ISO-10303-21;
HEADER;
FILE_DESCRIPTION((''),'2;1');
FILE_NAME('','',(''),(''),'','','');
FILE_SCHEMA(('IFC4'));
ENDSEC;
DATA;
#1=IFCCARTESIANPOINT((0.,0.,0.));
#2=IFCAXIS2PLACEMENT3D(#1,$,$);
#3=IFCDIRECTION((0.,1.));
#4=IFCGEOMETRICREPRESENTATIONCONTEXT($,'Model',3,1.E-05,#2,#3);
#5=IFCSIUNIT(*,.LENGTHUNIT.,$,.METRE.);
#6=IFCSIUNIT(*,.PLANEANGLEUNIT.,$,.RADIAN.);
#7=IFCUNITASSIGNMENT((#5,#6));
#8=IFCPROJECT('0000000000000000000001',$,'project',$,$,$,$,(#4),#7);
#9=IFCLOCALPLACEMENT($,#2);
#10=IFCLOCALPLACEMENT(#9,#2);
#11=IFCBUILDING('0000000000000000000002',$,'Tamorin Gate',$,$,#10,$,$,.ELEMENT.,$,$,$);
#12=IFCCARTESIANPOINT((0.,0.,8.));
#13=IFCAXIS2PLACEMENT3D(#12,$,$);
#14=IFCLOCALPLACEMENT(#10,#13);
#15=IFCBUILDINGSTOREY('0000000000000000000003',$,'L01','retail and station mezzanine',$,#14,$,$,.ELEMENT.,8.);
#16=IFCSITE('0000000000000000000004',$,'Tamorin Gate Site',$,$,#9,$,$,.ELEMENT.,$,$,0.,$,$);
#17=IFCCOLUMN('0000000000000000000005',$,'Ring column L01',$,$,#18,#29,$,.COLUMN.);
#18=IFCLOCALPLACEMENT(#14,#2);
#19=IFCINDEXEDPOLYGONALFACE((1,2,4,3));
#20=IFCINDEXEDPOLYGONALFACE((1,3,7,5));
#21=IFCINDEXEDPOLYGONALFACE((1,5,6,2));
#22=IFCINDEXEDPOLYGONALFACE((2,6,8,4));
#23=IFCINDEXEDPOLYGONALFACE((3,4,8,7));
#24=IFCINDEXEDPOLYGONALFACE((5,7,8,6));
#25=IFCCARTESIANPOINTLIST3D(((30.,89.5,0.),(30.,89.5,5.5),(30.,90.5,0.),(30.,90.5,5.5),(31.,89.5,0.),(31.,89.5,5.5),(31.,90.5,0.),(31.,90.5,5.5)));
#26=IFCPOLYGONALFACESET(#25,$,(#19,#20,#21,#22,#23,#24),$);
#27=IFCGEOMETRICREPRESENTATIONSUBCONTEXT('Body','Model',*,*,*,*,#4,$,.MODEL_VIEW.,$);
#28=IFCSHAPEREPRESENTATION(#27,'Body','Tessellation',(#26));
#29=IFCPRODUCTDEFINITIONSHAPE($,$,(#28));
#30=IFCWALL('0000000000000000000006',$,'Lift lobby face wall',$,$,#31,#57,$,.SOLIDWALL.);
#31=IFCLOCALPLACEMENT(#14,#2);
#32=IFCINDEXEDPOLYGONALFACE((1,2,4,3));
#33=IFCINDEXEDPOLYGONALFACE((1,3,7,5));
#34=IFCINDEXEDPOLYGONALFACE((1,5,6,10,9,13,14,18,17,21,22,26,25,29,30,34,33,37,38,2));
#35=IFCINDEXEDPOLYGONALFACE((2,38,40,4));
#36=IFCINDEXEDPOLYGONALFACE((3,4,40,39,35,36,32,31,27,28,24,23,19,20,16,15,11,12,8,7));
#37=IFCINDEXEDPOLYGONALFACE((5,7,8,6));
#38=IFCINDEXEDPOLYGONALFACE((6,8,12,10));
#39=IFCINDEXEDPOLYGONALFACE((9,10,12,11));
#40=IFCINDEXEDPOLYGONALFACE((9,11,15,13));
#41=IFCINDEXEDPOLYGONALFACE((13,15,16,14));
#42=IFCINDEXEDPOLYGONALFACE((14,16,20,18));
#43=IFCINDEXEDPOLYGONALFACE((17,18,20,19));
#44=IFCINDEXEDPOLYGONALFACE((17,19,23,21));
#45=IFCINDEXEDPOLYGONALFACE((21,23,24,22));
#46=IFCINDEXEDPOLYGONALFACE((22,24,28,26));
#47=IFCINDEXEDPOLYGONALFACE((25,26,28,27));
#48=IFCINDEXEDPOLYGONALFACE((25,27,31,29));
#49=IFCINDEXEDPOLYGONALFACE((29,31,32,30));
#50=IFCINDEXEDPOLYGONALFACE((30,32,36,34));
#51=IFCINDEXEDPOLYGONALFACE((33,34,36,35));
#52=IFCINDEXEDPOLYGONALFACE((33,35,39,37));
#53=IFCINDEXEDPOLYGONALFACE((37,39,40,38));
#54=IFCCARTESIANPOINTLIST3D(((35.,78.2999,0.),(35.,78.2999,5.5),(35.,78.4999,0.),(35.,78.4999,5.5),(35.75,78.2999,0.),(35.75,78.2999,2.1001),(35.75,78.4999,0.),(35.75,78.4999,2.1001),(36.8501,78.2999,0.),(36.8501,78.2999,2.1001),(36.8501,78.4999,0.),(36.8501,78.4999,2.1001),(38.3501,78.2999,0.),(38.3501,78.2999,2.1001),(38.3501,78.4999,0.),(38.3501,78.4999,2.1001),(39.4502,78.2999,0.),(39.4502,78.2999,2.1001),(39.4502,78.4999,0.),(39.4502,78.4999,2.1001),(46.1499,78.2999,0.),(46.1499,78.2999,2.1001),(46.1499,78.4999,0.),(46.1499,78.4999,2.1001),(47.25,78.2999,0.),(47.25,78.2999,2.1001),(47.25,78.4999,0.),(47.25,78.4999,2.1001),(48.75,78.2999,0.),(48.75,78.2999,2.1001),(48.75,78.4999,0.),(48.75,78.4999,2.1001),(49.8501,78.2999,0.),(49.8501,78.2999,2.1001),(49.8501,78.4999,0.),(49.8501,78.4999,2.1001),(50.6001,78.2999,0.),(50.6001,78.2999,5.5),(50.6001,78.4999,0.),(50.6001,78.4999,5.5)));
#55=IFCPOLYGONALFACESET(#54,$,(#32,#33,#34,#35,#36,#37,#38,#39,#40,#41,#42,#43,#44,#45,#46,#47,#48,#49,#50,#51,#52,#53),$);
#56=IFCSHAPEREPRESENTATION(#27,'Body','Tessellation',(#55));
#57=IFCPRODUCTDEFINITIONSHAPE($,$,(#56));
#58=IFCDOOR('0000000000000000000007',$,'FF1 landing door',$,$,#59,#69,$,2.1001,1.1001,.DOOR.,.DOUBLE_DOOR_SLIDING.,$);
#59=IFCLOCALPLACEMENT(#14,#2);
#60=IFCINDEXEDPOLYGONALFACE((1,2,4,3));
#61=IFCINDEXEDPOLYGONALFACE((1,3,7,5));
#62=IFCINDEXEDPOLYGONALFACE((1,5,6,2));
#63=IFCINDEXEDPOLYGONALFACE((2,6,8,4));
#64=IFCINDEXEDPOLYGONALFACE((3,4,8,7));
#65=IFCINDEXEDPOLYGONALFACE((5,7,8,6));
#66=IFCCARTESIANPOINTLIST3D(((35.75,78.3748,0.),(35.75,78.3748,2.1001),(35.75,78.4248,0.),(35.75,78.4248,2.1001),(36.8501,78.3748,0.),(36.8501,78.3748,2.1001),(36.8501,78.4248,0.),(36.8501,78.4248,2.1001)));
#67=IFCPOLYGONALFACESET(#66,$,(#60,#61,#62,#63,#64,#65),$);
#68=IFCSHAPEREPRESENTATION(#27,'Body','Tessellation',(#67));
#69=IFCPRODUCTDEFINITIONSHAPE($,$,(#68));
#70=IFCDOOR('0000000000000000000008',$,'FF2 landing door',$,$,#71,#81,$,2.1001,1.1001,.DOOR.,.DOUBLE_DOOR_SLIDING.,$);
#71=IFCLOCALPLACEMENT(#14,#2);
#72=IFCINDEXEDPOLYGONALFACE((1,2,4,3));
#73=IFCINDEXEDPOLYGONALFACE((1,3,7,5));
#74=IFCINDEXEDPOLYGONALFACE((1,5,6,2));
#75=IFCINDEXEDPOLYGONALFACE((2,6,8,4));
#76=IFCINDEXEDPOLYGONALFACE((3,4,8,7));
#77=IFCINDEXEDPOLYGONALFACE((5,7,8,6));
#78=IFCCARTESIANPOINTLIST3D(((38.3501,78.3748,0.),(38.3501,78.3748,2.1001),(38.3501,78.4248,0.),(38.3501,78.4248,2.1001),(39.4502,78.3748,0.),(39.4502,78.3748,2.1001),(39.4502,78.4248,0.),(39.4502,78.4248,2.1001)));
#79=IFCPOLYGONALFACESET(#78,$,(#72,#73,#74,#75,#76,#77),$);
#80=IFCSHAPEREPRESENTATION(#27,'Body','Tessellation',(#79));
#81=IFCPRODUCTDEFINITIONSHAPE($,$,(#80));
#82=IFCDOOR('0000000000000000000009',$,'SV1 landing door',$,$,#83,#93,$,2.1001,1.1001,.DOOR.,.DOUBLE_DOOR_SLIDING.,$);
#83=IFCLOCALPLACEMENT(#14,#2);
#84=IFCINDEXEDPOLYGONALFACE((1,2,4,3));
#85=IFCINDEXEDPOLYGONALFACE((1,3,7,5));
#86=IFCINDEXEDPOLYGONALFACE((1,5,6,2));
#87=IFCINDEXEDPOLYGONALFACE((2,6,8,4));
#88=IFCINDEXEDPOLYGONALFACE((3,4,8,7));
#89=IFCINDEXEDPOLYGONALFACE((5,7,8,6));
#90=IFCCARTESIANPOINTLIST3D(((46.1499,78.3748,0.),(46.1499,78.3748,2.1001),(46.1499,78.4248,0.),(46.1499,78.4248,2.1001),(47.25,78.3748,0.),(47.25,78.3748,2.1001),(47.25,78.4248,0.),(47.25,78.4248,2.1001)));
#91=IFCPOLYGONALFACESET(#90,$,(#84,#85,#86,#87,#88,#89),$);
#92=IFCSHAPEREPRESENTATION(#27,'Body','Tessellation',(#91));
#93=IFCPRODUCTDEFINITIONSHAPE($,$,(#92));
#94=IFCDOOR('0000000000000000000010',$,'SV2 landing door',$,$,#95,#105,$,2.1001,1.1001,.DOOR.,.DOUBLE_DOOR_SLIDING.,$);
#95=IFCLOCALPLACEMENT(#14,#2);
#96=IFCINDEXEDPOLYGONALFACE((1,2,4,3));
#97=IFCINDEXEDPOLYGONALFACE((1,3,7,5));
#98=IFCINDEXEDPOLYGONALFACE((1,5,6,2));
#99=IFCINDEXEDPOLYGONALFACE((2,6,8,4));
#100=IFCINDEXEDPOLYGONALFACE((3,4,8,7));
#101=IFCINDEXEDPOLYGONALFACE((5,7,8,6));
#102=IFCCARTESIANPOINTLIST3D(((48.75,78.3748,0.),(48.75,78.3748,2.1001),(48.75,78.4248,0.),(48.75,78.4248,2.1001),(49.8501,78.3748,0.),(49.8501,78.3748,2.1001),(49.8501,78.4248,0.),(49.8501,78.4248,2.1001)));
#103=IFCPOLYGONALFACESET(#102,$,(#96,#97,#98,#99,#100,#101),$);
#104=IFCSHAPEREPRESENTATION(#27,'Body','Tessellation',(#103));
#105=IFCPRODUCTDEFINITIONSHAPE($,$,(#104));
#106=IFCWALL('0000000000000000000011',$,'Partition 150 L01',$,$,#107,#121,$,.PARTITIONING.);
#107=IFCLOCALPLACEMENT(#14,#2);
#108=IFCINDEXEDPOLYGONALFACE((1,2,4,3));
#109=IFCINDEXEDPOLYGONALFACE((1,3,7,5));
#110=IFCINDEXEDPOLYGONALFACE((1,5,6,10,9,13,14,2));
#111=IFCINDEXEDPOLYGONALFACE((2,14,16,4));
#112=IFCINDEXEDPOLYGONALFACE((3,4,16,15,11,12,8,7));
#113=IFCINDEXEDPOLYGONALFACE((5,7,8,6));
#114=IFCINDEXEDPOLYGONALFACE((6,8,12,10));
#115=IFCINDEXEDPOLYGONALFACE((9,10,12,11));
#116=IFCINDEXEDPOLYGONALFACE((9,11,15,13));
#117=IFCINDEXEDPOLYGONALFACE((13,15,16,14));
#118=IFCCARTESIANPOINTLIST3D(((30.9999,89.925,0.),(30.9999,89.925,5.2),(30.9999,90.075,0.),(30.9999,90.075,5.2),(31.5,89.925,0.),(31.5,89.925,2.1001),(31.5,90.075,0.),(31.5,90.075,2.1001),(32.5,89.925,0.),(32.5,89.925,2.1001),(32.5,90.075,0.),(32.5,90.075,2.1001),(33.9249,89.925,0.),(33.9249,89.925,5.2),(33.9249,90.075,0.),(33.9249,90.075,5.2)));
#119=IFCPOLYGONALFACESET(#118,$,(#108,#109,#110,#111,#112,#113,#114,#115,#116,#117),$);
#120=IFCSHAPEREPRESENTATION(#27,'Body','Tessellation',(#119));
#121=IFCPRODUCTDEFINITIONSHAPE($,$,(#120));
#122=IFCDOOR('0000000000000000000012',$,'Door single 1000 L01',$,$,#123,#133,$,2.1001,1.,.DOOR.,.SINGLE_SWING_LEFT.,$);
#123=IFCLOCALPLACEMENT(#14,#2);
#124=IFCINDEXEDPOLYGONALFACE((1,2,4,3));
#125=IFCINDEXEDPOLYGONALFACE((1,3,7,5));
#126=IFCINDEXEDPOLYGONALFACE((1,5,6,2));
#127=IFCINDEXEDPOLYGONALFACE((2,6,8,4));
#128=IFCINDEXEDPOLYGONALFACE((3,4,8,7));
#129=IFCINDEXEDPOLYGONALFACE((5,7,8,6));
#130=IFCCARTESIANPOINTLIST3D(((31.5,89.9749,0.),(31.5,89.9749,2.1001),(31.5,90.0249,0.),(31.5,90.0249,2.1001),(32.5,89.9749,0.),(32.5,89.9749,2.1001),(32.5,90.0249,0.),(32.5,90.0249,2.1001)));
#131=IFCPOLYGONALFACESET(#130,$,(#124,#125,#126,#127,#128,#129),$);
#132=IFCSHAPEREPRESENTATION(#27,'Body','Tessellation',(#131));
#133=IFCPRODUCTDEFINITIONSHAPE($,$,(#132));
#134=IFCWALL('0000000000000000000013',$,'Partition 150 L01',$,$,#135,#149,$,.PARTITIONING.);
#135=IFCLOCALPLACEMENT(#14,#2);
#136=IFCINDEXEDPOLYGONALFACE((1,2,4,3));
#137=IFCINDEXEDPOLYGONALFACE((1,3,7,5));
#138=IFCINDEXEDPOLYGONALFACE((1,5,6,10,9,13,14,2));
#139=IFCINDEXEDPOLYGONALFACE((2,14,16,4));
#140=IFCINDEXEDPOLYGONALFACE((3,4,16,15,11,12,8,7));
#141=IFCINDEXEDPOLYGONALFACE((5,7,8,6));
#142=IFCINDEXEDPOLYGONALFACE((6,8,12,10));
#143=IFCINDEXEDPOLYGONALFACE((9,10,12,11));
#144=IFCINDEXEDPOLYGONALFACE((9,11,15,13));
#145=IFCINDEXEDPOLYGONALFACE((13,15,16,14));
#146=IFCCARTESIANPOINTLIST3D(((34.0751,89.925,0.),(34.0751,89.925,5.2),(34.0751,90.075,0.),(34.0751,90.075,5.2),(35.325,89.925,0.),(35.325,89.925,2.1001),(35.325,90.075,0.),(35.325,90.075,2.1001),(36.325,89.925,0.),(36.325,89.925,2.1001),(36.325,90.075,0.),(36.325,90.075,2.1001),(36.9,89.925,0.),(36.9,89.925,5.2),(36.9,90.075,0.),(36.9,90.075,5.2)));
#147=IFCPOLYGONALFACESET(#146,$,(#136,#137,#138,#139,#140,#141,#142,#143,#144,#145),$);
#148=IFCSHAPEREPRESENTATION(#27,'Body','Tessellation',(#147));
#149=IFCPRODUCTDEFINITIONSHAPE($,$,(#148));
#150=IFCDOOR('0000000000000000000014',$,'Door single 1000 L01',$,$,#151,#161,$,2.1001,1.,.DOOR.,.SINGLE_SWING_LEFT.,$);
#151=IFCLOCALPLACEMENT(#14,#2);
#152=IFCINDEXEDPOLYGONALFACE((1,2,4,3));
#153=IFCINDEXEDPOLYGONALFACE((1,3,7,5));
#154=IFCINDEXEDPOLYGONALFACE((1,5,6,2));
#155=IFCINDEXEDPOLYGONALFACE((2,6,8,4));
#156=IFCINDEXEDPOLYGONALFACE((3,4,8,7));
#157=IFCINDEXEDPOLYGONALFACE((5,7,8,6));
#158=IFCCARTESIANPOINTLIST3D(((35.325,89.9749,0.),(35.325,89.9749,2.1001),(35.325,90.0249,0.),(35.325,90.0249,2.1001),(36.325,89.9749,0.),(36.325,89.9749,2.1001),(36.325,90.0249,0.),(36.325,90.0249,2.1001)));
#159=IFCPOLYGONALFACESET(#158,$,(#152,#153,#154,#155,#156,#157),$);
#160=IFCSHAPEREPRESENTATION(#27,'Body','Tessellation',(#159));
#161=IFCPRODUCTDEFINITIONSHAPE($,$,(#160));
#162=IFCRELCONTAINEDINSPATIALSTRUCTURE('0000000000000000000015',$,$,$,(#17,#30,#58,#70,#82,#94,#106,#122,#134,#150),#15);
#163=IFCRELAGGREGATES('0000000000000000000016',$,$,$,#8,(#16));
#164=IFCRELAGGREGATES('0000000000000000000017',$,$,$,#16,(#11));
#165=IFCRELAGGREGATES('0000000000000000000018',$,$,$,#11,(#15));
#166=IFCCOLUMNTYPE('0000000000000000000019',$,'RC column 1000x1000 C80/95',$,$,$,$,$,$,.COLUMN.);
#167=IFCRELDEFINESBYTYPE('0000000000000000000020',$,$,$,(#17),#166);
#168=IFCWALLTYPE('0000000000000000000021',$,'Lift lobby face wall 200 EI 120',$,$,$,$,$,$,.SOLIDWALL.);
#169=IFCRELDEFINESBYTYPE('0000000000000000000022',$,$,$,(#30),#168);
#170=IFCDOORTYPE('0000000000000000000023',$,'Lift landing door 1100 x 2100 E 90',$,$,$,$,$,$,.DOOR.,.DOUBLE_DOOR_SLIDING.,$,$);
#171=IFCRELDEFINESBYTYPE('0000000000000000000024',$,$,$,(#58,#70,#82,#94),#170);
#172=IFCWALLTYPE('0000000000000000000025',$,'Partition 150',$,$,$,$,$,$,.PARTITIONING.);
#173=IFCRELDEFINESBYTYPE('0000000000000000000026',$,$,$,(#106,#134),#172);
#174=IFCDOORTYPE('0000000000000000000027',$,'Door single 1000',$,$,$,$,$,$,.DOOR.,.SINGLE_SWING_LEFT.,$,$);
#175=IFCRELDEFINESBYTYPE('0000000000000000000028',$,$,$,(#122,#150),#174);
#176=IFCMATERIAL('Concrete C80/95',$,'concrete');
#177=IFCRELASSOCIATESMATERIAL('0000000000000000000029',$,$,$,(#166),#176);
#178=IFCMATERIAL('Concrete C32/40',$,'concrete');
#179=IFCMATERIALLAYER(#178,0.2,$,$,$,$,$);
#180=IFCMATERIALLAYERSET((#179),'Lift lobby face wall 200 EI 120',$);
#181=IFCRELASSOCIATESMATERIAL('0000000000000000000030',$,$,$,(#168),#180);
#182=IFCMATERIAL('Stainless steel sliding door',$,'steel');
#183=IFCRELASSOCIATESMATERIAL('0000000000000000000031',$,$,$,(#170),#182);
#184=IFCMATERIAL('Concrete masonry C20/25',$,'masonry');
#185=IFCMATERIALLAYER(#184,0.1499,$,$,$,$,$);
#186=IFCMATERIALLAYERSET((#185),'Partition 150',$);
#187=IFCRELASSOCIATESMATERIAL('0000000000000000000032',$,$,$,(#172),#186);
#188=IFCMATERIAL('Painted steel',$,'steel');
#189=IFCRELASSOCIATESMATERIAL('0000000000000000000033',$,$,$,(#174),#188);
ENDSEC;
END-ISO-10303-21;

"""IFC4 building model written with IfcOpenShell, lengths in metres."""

from ifc_helpers import new_model, si_unit, direction, frame, frame_2d, origin, origin_2d, place, context, subcontext, project, spatial, rectangle, extrude, material, layer, layer_set, material_profile, profile_set, type_object, element, fill, save


model = new_model("IFC4")

# Units and contexts
model_context = context("Model", 3, precision=1e-05, world=origin(), true_north=direction((0.0, 1.0)))
body_context = subcontext(model_context, "Body", "Model", "MODEL_VIEW")
ifc_project = project(units=[si_unit("LENGTHUNIT", "METRE"), si_unit("PLANEANGLEUNIT", "RADIAN")], contexts=[model_context])

# Site, building, storey
site_placement = place(None, origin())
site = spatial("IfcSite", under=ifc_project, at=site_placement, Name="Tamorin Gate Site", CompositionType="ELEMENT", RefElevation=0.0)
building_placement = place(site_placement, origin())
building = spatial("IfcBuilding", under=site, at=building_placement, Name="Tamorin Gate", CompositionType="ELEMENT")
storey_placement = place(building_placement, frame((0.0, 0.0, 8.0)))
storey = spatial("IfcBuildingStorey", under=building, at=storey_placement, Name="L01", Description="retail and station mezzanine", CompositionType="ELEMENT", Elevation=8.0)

# Column
ifc_material_1 = material(Name="Concrete C80/95", Category="concrete")
ifc_material_profile = material_profile(ifc_material_1, rectangle(XDim=1.0, YDim=1.0, at=origin_2d()), Name="RC 1000x1000")
ifc_profile_set = profile_set([ifc_material_profile], Name="Concrete C80/95")
column_type = type_object("IfcColumnType", Name="RC column 1000x1000 C80/95", PredefinedType="COLUMN", material=ifc_profile_set)
column_placement = place(storey_placement, frame((30.5, 90.0, 0.0), z_axis=(0.0, 0.0, 1.0), x_axis=(1.0, 0.0, 0.0)))
element("IfcColumn", 1, at=column_placement, inside=storey, type_object=column_type, Name="Ring column L01", PredefinedType="COLUMN", context=body_context, shape_type="SweptSolid", body=[
    extrude(rectangle(XDim=1.0, YDim=1.0, at=origin_2d()), origin(), (0.0, 0.0, 1.0), 5.5),
])

# Wall, openings, doors
ifc_material_2 = material(Name="Concrete C32/40", Category="concrete")
ifc_layer_1 = layer(ifc_material_2, 0.2)
ifc_layer_set_1 = layer_set([ifc_layer_1], Name="Lift lobby face wall 200 EI 120")
wall_type_1 = type_object("IfcWallType", Name="Lift lobby face wall 200 EI 120", PredefinedType="SOLIDWALL", material=ifc_layer_set_1)
wall_1_placement = place(storey_placement, frame((35.0, 78.3999, 0.0), z_axis=(0.0, 0.0, 1.0), x_axis=(1.0, 0.0, 0.0)))
wall_1 = element("IfcWall", 2, at=wall_1_placement, inside=storey, type_object=wall_type_1, Name="Lift lobby face wall", PredefinedType="SOLIDWALL", context=body_context, shape_type="SweptSolid", body=[
    extrude(rectangle(XDim=15.6001, YDim=0.2, at=frame_2d((7.8, 0.0))), origin(), (0.0, 0.0, 1.0), 5.5),
])
opening_1_placement = place(wall_1_placement, frame((0.75, 0.0, 0.0)))
opening_1 = element("IfcOpeningElement", 3, at=opening_1_placement, cuts=wall_1, PredefinedType="OPENING", context=body_context, shape_type="SweptSolid", body=[
    extrude(rectangle(XDim=1.1001, YDim=2.1001, at=frame_2d((0.55, 1.05))), frame((0.0, 0.1099, 0.0), z_axis=(0.0, -1.0, 0.0), x_axis=(1.0, 0.0, 0.0)), (0.0, 0.0, 1.0), 0.22),
])
opening_2_placement = place(wall_1_placement, frame((3.3501, 0.0, 0.0)))
opening_2 = element("IfcOpeningElement", 4, at=opening_2_placement, cuts=wall_1, PredefinedType="OPENING", context=body_context, shape_type="SweptSolid", body=[
    extrude(rectangle(XDim=1.1001, YDim=2.1001, at=frame_2d((0.55, 1.05))), frame((0.0, 0.1099, 0.0), z_axis=(0.0, -1.0, 0.0), x_axis=(1.0, 0.0, 0.0)), (0.0, 0.0, 1.0), 0.22),
])
opening_3_placement = place(wall_1_placement, frame((11.1499, 0.0, 0.0)))
opening_3 = element("IfcOpeningElement", 5, at=opening_3_placement, cuts=wall_1, PredefinedType="OPENING", context=body_context, shape_type="SweptSolid", body=[
    extrude(rectangle(XDim=1.1001, YDim=2.1001, at=frame_2d((0.55, 1.05))), frame((0.0, 0.1099, 0.0), z_axis=(0.0, -1.0, 0.0), x_axis=(1.0, 0.0, 0.0)), (0.0, 0.0, 1.0), 0.22),
])
opening_4_placement = place(wall_1_placement, frame((13.75, 0.0, 0.0)))
opening_4 = element("IfcOpeningElement", 6, at=opening_4_placement, cuts=wall_1, PredefinedType="OPENING", context=body_context, shape_type="SweptSolid", body=[
    extrude(rectangle(XDim=1.1001, YDim=2.1001, at=frame_2d((0.55, 1.05))), frame((0.0, 0.1099, 0.0), z_axis=(0.0, -1.0, 0.0), x_axis=(1.0, 0.0, 0.0)), (0.0, 0.0, 1.0), 0.22),
])
ifc_material_3 = material(Name="Stainless steel sliding door", Category="steel")
door_type_1 = type_object("IfcDoorType", Name="Lift landing door 1100 x 2100 E 90", OperationType="DOUBLE_DOOR_SLIDING", PredefinedType="DOOR", material=ifc_material_3)
door_1_placement = place(opening_1_placement, origin())
door_1 = element("IfcDoor", 7, at=door_1_placement, inside=storey, type_object=door_type_1, Name="FF1 landing door", OperationType="DOUBLE_DOOR_SLIDING", OverallHeight=2.1001, OverallWidth=1.1001, PredefinedType="DOOR", context=body_context, shape_type="SweptSolid", body=[
    extrude(rectangle(XDim=1.1001, YDim=2.1001, at=frame_2d((0.55, 1.05))), frame((0.0, 0.0249, 0.0), z_axis=(0.0, -1.0, 0.0), x_axis=(1.0, 0.0, 0.0)), (0.0, 0.0, 1.0), 0.05),
])
fill(opening_1, door_1)
door_2_placement = place(opening_2_placement, origin())
door_2 = element("IfcDoor", 8, at=door_2_placement, inside=storey, type_object=door_type_1, Name="FF2 landing door", OperationType="DOUBLE_DOOR_SLIDING", OverallHeight=2.1001, OverallWidth=1.1001, PredefinedType="DOOR", context=body_context, shape_type="SweptSolid", body=[
    extrude(rectangle(XDim=1.1001, YDim=2.1001, at=frame_2d((0.55, 1.05))), frame((0.0, 0.0249, 0.0), z_axis=(0.0, -1.0, 0.0), x_axis=(1.0, 0.0, 0.0)), (0.0, 0.0, 1.0), 0.05),
])
fill(opening_2, door_2)
door_3_placement = place(opening_3_placement, origin())
door_3 = element("IfcDoor", 9, at=door_3_placement, inside=storey, type_object=door_type_1, Name="SV1 landing door", OperationType="DOUBLE_DOOR_SLIDING", OverallHeight=2.1001, OverallWidth=1.1001, PredefinedType="DOOR", context=body_context, shape_type="SweptSolid", body=[
    extrude(rectangle(XDim=1.1001, YDim=2.1001, at=frame_2d((0.55, 1.05))), frame((0.0, 0.0249, 0.0), z_axis=(0.0, -1.0, 0.0), x_axis=(1.0, 0.0, 0.0)), (0.0, 0.0, 1.0), 0.05),
])
fill(opening_3, door_3)
door_4_placement = place(opening_4_placement, origin())
door_4 = element("IfcDoor", 10, at=door_4_placement, inside=storey, type_object=door_type_1, Name="SV2 landing door", OperationType="DOUBLE_DOOR_SLIDING", OverallHeight=2.1001, OverallWidth=1.1001, PredefinedType="DOOR", context=body_context, shape_type="SweptSolid", body=[
    extrude(rectangle(XDim=1.1001, YDim=2.1001, at=frame_2d((0.55, 1.05))), frame((0.0, 0.0249, 0.0), z_axis=(0.0, -1.0, 0.0), x_axis=(1.0, 0.0, 0.0)), (0.0, 0.0, 1.0), 0.05),
])
fill(opening_4, door_4)

# Walls, openings, doors
ifc_material_4 = material(Name="Concrete masonry C20/25", Category="masonry")
ifc_layer_2 = layer(ifc_material_4, 0.1499)
ifc_layer_set_2 = layer_set([ifc_layer_2], Name="Partition 150")
wall_type_2 = type_object("IfcWallType", Name="Partition 150", PredefinedType="PARTITIONING", material=ifc_layer_set_2)
wall_2_placement = place(storey_placement, frame((31.0, 90.0, 0.0), z_axis=(0.0, 0.0, 1.0), x_axis=(1.0, 0.0, 0.0)))
wall_2 = element("IfcWall", 11, at=wall_2_placement, inside=storey, type_object=wall_type_2, Name="Partition 150 L01", PredefinedType="PARTITIONING", context=body_context, shape_type="SweptSolid", body=[
    extrude(rectangle(XDim=2.925, YDim=0.1499, at=frame_2d((1.4624, 0.0))), origin(), (0.0, 0.0, 1.0), 5.2),
])
opening_5_placement = place(wall_2_placement, frame((0.5, 0.0, 0.0)))
opening_5 = element("IfcOpeningElement", 12, at=opening_5_placement, cuts=wall_2, PredefinedType="OPENING", context=body_context, shape_type="SweptSolid", body=[
    extrude(rectangle(XDim=1.0, YDim=2.1001, at=frame_2d((0.5, 1.05))), frame((0.0, 0.085, 0.0), z_axis=(0.0, -1.0, 0.0), x_axis=(1.0, 0.0, 0.0)), (0.0, 0.0, 1.0), 0.1699),
])
ifc_material_5 = material(Name="Painted steel", Category="steel")
door_type_2 = type_object("IfcDoorType", Name="Door single 1000", OperationType="SINGLE_SWING_LEFT", PredefinedType="DOOR", material=ifc_material_5)
door_5_placement = place(opening_5_placement, origin())
door_5 = element("IfcDoor", 13, at=door_5_placement, inside=storey, type_object=door_type_2, Name="Door single 1000 L01", OperationType="SINGLE_SWING_LEFT", OverallHeight=2.1001, OverallWidth=1.0, PredefinedType="DOOR", context=body_context, shape_type="SweptSolid", body=[
    extrude(rectangle(XDim=1.0, YDim=2.1001, at=frame_2d((0.5, 1.05))), frame((0.0, 0.0249, 0.0), z_axis=(0.0, -1.0, 0.0), x_axis=(1.0, 0.0, 0.0)), (0.0, 0.0, 1.0), 0.05),
])
fill(opening_5, door_5)
wall_3_placement = place(storey_placement, frame((34.075, 90.0, 0.0), z_axis=(0.0, 0.0, 1.0), x_axis=(1.0, 0.0, 0.0)))
wall_3 = element("IfcWall", 14, at=wall_3_placement, inside=storey, type_object=wall_type_2, Name="Partition 150 L01", PredefinedType="PARTITIONING", context=body_context, shape_type="SweptSolid", body=[
    extrude(rectangle(XDim=2.825, YDim=0.1499, at=frame_2d((1.4126, 0.0))), origin(), (0.0, 0.0, 1.0), 5.2),
])
opening_6_placement = place(wall_3_placement, frame((1.25, 0.0, 0.0)))
opening_6 = element("IfcOpeningElement", 15, at=opening_6_placement, cuts=wall_3, PredefinedType="OPENING", context=body_context, shape_type="SweptSolid", body=[
    extrude(rectangle(XDim=1.0, YDim=2.1001, at=frame_2d((0.5, 1.05))), frame((0.0, 0.085, 0.0), z_axis=(0.0, -1.0, 0.0), x_axis=(1.0, 0.0, 0.0)), (0.0, 0.0, 1.0), 0.1699),
])
door_6_placement = place(opening_6_placement, origin())
door_6 = element("IfcDoor", 16, at=door_6_placement, inside=storey, type_object=door_type_2, Name="Door single 1000 L01", OperationType="SINGLE_SWING_LEFT", OverallHeight=2.1001, OverallWidth=1.0, PredefinedType="DOOR", context=body_context, shape_type="SweptSolid", body=[
    extrude(rectangle(XDim=1.0, YDim=2.1001, at=frame_2d((0.5, 1.05))), frame((0.0, 0.0249, 0.0), z_axis=(0.0, -1.0, 0.0), x_axis=(1.0, 0.0, 0.0)), (0.0, 0.0, 1.0), 0.05),
])
fill(opening_6, door_6)

save(model, "model.ifc")
